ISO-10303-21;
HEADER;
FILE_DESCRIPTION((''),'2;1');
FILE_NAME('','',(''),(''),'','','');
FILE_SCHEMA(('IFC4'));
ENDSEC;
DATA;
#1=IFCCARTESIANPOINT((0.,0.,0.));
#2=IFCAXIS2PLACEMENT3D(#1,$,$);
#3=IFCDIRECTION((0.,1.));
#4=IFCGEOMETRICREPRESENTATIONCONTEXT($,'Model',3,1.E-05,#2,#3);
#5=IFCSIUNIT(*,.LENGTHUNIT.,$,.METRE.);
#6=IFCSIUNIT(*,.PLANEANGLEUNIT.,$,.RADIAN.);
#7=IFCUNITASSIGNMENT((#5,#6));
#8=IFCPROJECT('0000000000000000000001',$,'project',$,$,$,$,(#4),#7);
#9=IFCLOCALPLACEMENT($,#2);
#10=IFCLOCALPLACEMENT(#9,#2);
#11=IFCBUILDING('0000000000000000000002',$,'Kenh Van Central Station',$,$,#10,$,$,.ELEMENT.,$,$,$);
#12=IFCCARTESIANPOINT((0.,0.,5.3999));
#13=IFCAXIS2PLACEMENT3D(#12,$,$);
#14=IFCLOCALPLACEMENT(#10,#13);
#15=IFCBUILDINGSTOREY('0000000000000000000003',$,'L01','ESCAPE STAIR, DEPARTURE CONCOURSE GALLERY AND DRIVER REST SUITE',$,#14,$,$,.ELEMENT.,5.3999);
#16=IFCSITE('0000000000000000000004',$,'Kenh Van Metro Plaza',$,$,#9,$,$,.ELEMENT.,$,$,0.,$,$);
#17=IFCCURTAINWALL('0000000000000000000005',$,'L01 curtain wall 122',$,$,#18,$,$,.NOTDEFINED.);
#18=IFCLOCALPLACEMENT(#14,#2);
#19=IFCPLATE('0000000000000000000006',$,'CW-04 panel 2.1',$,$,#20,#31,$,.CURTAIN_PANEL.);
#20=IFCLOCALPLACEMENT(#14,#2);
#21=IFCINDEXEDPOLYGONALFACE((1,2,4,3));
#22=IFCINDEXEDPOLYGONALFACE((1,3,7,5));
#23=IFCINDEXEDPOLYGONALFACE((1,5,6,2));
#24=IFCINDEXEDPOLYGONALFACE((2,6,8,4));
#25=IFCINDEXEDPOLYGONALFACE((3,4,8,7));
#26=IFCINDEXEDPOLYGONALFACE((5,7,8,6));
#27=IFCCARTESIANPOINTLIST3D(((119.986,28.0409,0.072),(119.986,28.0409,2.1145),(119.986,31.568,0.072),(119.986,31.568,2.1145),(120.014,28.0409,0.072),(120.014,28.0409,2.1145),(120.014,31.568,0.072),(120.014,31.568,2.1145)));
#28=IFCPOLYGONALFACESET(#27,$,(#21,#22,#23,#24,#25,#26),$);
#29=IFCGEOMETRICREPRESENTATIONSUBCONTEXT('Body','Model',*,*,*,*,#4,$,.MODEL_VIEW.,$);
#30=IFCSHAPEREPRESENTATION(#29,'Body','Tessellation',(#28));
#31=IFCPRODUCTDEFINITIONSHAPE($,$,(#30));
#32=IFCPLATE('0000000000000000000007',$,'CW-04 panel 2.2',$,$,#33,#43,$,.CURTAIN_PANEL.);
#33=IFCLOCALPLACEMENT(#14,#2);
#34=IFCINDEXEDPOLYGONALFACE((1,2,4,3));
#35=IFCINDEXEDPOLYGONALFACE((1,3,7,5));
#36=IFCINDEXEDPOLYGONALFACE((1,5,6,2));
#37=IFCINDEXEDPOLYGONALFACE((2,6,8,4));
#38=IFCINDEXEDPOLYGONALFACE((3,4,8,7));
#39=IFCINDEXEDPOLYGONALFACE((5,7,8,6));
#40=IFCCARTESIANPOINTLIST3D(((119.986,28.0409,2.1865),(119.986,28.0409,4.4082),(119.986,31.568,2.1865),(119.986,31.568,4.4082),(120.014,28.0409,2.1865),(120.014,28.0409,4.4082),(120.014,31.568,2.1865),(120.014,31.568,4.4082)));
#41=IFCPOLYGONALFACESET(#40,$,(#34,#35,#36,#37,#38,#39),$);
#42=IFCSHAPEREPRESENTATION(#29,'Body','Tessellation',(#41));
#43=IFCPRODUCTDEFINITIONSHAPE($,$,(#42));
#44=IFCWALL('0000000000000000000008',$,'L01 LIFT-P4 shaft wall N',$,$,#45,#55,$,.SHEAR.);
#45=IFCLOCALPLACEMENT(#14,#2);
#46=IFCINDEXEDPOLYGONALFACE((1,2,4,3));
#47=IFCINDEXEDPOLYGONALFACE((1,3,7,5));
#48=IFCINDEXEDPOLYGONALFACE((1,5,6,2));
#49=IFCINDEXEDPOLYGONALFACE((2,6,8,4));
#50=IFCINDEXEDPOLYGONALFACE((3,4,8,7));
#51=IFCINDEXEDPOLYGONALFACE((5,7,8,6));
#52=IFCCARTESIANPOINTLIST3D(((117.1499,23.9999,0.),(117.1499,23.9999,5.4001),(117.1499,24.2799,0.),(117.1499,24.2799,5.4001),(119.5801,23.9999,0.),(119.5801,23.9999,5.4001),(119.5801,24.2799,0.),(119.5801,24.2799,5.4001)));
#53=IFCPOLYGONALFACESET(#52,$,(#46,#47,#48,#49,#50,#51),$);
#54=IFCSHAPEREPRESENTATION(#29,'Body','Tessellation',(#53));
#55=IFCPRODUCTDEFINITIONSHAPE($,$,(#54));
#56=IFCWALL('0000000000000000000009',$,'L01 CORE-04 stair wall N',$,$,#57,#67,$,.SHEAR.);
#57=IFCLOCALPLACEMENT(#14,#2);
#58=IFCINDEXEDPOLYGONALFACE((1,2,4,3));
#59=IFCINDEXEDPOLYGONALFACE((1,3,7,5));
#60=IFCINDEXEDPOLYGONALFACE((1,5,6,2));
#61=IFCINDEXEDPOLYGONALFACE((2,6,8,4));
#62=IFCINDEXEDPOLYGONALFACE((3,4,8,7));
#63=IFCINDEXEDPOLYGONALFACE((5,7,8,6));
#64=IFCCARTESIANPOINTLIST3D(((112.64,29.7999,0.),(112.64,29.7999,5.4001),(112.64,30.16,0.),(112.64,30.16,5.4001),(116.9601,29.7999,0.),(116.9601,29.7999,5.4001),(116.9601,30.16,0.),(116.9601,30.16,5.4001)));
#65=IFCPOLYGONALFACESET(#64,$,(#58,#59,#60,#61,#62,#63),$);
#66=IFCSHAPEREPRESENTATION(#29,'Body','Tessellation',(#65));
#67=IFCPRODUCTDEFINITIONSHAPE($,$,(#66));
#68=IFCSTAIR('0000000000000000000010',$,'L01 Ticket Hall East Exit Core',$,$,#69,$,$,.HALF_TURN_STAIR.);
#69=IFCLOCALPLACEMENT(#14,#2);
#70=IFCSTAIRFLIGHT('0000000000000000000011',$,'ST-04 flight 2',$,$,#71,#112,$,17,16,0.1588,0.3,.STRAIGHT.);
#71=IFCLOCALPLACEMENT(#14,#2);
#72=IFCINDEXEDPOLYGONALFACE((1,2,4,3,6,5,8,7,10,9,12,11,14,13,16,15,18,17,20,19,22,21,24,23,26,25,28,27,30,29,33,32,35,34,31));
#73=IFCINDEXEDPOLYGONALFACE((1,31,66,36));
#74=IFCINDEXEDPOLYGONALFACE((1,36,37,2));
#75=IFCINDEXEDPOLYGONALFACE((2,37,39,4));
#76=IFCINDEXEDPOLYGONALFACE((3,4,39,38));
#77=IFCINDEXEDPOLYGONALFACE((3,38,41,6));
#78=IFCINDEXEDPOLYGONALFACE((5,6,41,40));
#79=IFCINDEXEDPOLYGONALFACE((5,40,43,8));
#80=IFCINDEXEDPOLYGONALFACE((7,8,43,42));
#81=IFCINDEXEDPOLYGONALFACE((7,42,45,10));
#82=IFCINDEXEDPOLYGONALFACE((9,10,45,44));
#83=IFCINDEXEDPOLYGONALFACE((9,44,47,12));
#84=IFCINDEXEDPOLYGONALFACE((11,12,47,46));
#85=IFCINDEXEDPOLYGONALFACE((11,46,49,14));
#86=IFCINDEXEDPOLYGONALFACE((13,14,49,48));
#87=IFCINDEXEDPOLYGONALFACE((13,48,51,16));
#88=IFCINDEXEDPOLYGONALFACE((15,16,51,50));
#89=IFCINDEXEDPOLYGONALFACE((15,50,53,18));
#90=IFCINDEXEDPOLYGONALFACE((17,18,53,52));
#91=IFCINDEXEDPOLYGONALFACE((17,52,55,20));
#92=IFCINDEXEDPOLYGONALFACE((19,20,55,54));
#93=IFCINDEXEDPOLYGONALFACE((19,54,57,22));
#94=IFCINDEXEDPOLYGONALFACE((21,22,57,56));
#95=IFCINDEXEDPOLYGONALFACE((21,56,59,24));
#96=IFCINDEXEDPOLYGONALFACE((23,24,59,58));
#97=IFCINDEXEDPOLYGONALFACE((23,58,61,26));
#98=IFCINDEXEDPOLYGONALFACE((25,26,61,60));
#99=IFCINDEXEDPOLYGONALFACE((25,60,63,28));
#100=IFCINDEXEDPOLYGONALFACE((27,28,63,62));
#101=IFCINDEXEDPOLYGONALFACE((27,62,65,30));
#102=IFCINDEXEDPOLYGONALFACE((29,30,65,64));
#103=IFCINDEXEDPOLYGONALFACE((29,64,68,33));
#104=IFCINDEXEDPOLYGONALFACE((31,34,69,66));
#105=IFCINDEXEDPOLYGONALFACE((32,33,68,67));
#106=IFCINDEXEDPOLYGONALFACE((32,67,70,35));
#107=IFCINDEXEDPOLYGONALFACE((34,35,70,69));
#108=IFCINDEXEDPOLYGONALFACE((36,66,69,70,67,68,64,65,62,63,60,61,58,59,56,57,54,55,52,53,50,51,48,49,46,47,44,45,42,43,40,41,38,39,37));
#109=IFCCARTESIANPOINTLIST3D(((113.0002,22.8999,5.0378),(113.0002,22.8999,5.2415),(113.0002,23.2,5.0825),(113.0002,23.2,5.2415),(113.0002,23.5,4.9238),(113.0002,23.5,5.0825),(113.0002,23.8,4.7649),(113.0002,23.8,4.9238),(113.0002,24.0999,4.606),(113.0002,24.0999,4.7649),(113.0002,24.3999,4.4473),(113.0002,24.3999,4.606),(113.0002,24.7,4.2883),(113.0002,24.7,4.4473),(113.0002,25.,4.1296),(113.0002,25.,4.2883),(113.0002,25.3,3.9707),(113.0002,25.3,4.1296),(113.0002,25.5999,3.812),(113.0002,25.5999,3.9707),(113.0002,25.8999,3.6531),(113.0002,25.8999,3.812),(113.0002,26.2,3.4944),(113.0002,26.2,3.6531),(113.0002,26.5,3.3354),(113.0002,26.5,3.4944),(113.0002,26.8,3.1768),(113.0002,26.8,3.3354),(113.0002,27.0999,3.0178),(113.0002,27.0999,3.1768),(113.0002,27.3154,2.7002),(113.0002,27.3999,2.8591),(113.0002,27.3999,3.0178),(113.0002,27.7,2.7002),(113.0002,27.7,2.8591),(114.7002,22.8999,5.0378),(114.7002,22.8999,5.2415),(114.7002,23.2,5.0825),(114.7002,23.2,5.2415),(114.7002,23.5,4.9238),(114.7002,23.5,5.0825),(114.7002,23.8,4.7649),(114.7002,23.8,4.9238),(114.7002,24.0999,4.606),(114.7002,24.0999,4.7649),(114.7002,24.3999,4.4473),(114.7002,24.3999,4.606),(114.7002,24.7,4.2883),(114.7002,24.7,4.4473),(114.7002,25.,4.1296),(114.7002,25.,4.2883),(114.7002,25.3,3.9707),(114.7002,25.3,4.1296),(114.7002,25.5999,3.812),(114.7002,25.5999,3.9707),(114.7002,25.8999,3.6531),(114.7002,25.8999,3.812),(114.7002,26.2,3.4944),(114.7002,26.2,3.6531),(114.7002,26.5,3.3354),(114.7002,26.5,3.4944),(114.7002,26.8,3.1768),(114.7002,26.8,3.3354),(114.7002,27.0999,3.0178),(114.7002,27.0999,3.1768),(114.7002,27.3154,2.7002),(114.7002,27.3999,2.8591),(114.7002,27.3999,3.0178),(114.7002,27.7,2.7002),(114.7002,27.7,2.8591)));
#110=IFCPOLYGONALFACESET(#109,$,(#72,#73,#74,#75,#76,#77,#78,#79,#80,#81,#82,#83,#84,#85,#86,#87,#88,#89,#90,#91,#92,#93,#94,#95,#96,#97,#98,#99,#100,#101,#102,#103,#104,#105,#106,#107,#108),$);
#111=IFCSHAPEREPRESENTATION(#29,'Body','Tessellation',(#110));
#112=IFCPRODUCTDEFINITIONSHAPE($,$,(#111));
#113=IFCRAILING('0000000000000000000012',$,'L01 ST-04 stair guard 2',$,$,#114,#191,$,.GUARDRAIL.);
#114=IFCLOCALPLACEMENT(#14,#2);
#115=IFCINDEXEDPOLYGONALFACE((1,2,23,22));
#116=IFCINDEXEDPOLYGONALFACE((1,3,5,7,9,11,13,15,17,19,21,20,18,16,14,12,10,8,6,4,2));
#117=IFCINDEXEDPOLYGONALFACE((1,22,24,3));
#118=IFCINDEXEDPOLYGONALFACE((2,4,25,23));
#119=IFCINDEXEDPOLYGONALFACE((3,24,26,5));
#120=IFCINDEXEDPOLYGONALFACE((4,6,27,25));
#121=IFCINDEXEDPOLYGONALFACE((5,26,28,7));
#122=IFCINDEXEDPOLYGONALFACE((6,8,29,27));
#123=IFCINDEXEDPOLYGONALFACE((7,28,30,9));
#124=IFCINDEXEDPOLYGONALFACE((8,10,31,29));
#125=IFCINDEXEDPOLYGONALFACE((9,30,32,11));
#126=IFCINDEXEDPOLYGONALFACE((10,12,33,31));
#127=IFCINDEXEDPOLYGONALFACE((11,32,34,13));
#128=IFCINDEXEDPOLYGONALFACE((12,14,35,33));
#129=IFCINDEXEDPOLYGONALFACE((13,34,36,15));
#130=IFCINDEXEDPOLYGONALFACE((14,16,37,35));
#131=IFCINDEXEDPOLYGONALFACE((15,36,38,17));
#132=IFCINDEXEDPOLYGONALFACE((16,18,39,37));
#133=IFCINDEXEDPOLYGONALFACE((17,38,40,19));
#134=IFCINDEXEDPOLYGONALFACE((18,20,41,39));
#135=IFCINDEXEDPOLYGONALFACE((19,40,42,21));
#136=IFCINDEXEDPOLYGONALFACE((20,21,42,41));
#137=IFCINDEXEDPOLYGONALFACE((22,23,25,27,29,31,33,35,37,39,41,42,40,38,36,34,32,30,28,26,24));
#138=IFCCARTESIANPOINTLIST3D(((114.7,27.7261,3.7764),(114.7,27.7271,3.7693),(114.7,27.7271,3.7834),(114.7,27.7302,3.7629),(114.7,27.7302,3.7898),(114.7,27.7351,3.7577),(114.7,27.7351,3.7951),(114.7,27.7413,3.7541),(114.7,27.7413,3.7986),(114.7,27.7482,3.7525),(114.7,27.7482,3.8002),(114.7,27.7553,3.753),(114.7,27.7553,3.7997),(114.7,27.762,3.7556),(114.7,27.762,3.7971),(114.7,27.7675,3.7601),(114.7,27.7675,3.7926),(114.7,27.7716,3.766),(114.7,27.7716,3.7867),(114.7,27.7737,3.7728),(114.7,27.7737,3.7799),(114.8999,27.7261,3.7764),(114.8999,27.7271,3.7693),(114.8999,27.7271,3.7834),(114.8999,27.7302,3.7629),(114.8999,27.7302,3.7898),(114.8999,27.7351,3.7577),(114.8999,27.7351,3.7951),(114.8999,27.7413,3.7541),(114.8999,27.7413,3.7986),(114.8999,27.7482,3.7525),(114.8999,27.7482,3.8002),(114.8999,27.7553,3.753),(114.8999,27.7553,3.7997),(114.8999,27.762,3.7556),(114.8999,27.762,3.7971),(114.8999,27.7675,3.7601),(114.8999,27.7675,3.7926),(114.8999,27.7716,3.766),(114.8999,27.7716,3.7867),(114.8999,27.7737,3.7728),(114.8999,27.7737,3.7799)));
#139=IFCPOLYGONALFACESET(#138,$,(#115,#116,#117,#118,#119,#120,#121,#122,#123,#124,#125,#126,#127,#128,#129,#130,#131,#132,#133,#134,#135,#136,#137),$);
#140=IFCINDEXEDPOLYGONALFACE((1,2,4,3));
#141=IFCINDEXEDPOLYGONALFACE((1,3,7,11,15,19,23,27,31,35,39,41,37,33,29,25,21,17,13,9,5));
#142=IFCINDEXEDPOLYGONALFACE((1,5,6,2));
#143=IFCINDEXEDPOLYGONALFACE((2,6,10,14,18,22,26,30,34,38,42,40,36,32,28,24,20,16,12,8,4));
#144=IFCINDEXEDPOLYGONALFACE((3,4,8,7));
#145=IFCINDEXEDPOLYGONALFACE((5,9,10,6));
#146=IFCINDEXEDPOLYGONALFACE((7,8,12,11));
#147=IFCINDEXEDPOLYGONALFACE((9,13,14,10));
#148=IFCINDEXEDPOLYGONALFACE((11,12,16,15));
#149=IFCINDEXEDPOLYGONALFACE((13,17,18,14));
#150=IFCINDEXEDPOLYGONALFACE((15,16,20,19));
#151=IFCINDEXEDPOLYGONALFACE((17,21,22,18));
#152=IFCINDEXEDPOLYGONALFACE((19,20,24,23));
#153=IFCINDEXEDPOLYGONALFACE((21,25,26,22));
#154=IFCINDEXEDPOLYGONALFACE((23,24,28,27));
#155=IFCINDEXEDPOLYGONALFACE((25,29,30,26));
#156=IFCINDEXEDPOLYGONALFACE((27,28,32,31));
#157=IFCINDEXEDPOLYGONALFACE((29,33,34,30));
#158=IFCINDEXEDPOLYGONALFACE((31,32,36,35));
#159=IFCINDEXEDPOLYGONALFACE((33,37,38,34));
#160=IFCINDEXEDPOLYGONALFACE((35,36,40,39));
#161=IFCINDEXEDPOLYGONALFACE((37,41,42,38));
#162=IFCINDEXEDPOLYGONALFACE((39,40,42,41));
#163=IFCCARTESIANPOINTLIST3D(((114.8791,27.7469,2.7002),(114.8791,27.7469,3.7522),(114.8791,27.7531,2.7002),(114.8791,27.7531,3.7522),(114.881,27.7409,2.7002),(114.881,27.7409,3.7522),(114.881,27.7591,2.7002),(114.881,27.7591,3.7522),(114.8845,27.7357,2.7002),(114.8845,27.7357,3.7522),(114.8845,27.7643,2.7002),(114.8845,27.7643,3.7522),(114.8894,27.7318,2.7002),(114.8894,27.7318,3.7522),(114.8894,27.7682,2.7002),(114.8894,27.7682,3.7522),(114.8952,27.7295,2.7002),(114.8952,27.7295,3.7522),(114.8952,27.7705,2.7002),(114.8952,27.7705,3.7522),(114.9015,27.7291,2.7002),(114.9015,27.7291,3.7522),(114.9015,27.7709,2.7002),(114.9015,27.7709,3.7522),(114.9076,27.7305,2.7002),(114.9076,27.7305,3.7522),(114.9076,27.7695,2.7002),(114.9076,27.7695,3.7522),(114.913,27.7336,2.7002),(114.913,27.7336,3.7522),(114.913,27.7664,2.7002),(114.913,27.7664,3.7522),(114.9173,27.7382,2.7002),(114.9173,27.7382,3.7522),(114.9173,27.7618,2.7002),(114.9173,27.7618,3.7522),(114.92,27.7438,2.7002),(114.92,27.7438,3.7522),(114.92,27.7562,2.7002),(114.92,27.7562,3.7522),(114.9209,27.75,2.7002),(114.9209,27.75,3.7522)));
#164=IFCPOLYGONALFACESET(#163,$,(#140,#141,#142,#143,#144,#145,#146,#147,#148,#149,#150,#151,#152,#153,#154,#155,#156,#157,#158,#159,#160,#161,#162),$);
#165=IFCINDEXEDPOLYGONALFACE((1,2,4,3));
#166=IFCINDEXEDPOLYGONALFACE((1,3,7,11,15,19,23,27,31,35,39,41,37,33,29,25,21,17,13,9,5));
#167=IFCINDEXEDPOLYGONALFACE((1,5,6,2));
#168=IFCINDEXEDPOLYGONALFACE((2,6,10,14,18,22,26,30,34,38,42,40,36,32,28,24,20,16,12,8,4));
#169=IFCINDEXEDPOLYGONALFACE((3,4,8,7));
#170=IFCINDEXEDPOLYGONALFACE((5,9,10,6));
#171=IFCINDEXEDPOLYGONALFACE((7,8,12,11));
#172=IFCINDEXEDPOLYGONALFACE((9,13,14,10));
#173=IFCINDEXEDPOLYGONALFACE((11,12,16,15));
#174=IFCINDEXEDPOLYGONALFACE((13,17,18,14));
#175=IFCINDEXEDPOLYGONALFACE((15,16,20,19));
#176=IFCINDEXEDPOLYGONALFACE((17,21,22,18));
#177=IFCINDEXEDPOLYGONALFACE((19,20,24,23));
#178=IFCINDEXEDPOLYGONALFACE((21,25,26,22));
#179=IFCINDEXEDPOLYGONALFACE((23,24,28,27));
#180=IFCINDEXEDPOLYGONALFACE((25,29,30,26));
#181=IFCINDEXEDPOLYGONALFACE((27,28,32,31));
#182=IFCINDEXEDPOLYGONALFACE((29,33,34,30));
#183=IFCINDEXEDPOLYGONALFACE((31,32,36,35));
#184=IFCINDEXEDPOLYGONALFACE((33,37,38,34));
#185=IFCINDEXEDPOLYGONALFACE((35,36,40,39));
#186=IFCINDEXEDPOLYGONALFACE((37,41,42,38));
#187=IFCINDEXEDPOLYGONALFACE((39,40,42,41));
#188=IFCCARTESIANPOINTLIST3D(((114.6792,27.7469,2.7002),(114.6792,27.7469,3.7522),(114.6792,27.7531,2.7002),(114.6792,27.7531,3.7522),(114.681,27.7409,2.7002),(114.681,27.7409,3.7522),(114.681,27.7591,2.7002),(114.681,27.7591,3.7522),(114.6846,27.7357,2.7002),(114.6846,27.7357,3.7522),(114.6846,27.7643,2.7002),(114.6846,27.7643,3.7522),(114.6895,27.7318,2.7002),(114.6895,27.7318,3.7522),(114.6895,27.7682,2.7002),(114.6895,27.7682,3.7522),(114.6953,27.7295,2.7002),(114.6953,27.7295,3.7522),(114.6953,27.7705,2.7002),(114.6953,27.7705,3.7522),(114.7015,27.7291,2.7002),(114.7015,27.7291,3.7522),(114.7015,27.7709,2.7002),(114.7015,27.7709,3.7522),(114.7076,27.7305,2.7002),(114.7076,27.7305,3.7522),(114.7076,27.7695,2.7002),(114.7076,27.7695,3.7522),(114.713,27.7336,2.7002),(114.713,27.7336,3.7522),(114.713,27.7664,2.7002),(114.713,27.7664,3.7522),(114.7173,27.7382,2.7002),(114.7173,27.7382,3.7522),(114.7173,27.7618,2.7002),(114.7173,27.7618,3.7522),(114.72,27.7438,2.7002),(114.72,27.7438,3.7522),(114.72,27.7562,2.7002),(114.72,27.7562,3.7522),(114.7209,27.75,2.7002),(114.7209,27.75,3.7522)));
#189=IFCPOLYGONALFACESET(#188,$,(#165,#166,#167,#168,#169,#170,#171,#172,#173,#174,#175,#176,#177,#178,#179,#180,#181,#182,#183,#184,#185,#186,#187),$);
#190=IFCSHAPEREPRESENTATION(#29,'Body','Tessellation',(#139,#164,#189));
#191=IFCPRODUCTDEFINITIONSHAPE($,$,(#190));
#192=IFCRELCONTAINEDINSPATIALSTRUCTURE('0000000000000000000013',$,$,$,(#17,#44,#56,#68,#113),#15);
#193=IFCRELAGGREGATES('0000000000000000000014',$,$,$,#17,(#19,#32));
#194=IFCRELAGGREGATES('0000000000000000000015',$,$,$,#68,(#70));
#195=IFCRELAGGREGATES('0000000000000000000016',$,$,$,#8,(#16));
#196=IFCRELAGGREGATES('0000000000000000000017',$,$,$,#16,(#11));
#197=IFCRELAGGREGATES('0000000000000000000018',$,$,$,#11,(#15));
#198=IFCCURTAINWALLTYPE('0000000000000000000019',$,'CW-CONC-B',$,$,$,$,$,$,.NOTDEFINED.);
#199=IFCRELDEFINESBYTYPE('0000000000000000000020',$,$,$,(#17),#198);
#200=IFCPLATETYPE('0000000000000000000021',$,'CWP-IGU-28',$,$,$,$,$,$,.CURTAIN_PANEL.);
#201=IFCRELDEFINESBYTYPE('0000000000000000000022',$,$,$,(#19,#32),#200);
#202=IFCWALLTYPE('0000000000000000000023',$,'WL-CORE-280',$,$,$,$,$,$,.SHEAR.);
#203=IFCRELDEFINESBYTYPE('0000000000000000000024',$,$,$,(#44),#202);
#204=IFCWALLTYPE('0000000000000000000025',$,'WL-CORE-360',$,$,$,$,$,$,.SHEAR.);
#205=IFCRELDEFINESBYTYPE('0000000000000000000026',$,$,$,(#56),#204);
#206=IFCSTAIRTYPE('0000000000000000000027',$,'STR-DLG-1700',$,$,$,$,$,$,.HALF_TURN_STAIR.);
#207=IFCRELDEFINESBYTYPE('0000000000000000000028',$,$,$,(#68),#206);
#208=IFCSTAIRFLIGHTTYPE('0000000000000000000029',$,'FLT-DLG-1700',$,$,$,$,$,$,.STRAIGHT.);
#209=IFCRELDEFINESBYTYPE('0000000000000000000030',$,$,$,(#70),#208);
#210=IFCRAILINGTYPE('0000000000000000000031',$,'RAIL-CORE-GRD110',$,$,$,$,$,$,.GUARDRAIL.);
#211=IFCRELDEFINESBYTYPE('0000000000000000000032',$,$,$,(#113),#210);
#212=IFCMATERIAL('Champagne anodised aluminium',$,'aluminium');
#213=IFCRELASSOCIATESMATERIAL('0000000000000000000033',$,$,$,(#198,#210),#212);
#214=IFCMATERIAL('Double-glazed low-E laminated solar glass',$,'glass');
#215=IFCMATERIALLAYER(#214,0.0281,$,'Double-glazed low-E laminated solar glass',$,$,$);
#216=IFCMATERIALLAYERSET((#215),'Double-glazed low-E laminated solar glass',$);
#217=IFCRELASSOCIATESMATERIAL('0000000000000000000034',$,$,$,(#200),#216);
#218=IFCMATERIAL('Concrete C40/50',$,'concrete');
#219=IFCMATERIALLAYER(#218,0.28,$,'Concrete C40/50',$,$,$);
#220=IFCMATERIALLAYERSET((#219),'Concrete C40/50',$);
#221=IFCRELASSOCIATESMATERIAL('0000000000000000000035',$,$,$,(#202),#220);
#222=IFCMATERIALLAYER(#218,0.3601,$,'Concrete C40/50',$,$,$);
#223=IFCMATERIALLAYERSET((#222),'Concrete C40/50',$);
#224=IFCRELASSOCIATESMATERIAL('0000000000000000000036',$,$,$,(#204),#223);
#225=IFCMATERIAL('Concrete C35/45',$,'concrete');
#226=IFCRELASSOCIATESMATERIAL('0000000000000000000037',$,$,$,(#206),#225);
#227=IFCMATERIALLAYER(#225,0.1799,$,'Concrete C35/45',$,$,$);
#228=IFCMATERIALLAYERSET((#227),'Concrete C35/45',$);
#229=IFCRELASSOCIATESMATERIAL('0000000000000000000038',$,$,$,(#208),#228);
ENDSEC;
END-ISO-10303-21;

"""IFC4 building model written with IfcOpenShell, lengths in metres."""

from ifc_helpers import new_model, si_unit, direction, frame, frame_2d, origin, origin_2d, place, context, subcontext, project, spatial, polyline, rectangle, circle, outline, extrude, material, layer, layer_set, type_object, element, aggregate, save


model = new_model("IFC4")

# Units and contexts
model_context = context("Model", 3, precision=1e-05, world=origin(), true_north=direction((0.0, 1.0)))
body_context = subcontext(model_context, "Body", "Model", "MODEL_VIEW")
ifc_project = project(units=[si_unit("LENGTHUNIT", "METRE"), si_unit("PLANEANGLEUNIT", "RADIAN")], contexts=[model_context])

# Site, building, storey
site_placement = place(None, origin())
site = spatial("IfcSite", under=ifc_project, at=site_placement, Name="Kenh Van Metro Plaza", CompositionType="ELEMENT", RefElevation=0.0)
building_placement = place(site_placement, origin())
building = spatial("IfcBuilding", under=site, at=building_placement, Name="Kenh Van Central Station", CompositionType="ELEMENT")
storey_placement = place(building_placement, frame((0.0, 0.0, 5.3999)))
storey = spatial("IfcBuildingStorey", under=building, at=storey_placement, Name="L01", Description="ESCAPE STAIR, DEPARTURE CONCOURSE GALLERY AND DRIVER REST SUITE", CompositionType="ELEMENT", Elevation=5.3999)

# Shared definitions
ifc_material_1 = material(Name="Concrete C40/50", Category="concrete")

# Shared definitions
ifc_material_2 = material(Name="Concrete C35/45", Category="concrete")

# Curtain wall
ifc_material_3 = material(Name="Champagne anodised aluminium", Category="aluminium")
curtain_wall_type = type_object("IfcCurtainWallType", Name="CW-CONC-B", PredefinedType="NOTDEFINED", material=ifc_material_3)
curtain_wall_1_placement = place(storey_placement, origin())
curtain_wall_1 = element("IfcCurtainWall", 1, at=curtain_wall_1_placement, inside=storey, type_object=curtain_wall_type, Name="L01 curtain wall 122", PredefinedType="NOTDEFINED")

# Plates
ifc_material_4 = material(Name="Double-glazed low-E laminated solar glass", Category="glass")
ifc_layer_1 = layer(ifc_material_4, 0.0281, Name="Double-glazed low-E laminated solar glass")
ifc_layer_set_1 = layer_set([ifc_layer_1], Name="Double-glazed low-E laminated solar glass")
plate_type = type_object("IfcPlateType", Name="CWP-IGU-28", PredefinedType="CURTAIN_PANEL", material=ifc_layer_set_1)
plate_1_placement = place(storey_placement, frame((120.0, 29.8044, 0.072), z_axis=(0.0, 0.0, 1.0), x_axis=(0.0, 1.0, 0.0)))
plate_1 = element("IfcPlate", 2, at=plate_1_placement, type_object=plate_type, Name="CW-04 panel 2.1", PredefinedType="CURTAIN_PANEL", context=body_context, shape_type="SweptSolid", body=[
    extrude(rectangle(XDim=3.5271, YDim=0.0281, at=origin_2d()), origin(), (0.0, 0.0, 1.0), 2.0425),
])
plate_2_placement = place(storey_placement, frame((120.0, 29.8044, 2.1865), z_axis=(0.0, 0.0, 1.0), x_axis=(0.0, 1.0, 0.0)))
plate_2 = element("IfcPlate", 3, at=plate_2_placement, type_object=plate_type, Name="CW-04 panel 2.2", PredefinedType="CURTAIN_PANEL", context=body_context, shape_type="SweptSolid", body=[
    extrude(rectangle(XDim=3.5271, YDim=0.0281, at=origin_2d()), origin(), (0.0, 0.0, 1.0), 2.2217),
])
aggregate(curtain_wall_1, [plate_1, plate_2])

# Walls
ifc_layer_2 = layer(ifc_material_1, 0.28, Name="Concrete C40/50")
ifc_layer_set_2 = layer_set([ifc_layer_2], Name="Concrete C40/50")
wall_type_1 = type_object("IfcWallType", Name="WL-CORE-280", PredefinedType="SHEAR", material=ifc_layer_set_2)
wall_1_placement = place(storey_placement, frame((117.1499, 24.1399, 0.0), z_axis=(0.0, 0.0, 1.0), x_axis=(1.0, 0.0, 0.0)))
element("IfcWall", 4, at=wall_1_placement, inside=storey, type_object=wall_type_1, Name="L01 LIFT-P4 shaft wall N", PredefinedType="SHEAR", context=body_context, shape_type="SweptSolid", body=[
    extrude(rectangle(XDim=2.4302, YDim=0.28, at=frame_2d((1.2151, 0.0))), origin(), (0.0, 0.0, 1.0), 5.4001),
])
ifc_layer_3 = layer(ifc_material_1, 0.3601, Name="Concrete C40/50")
ifc_layer_set_3 = layer_set([ifc_layer_3], Name="Concrete C40/50")
wall_type_2 = type_object("IfcWallType", Name="WL-CORE-360", PredefinedType="SHEAR", material=ifc_layer_set_3)
wall_2_placement = place(storey_placement, frame((112.6399, 29.98, 0.0), z_axis=(0.0, 0.0, 1.0), x_axis=(1.0, 0.0, 0.0)))
element("IfcWall", 5, at=wall_2_placement, inside=storey, type_object=wall_type_2, Name="L01 CORE-04 stair wall N", PredefinedType="SHEAR", context=body_context, shape_type="SweptSolid", body=[
    extrude(rectangle(XDim=4.3201, YDim=0.3601, at=frame_2d((2.1602, 0.0))), origin(), (0.0, 0.0, 1.0), 5.4001),
])

# Stair, stair flight
stair_type = type_object("IfcStairType", Name="STR-DLG-1700", PredefinedType="HALF_TURN_STAIR", material=ifc_material_2)
stair_placement = place(storey_placement, origin())
stair = element("IfcStair", 6, at=stair_placement, inside=storey, type_object=stair_type, Name="L01 Ticket Hall East Exit Core", PredefinedType="HALF_TURN_STAIR")
ifc_layer_4 = layer(ifc_material_2, 0.1799, Name="Concrete C35/45")
ifc_layer_set_4 = layer_set([ifc_layer_4], Name="Concrete C35/45")
stair_flight_type = type_object("IfcStairFlightType", Name="FLT-DLG-1700", PredefinedType="STRAIGHT", material=ifc_layer_set_4)
stair_flight_placement = place(storey_placement, frame((113.8501, 27.7, 2.7002), z_axis=(0.0, 0.0, 1.0), x_axis=(0.0, -1.0, 0.0)))
stair_flight = element("IfcStairFlight", 7, at=stair_flight_placement, type_object=stair_flight_type, Name="ST-04 flight 2", NumberOfRisers=17, NumberOfTreads=16, PredefinedType="STRAIGHT", RiserHeight=0.1588, TreadLength=0.3, context=body_context, shape_type="SweptSolid", body=[
    extrude(outline(polyline([(0.0, 0.0), (0.0, 0.1589), (0.3, 0.1589), (0.3, 0.3176), (0.6001, 0.3176), (0.6001, 0.4766), (0.8999, 0.4766), (0.8999, 0.6353), (1.2, 0.6353), (1.2, 0.7942), (1.5, 0.7942), (1.5, 0.9529), (1.8, 0.9529), (1.8, 1.1118), (2.1001, 1.1118), (2.1001, 1.2705), (2.3999, 1.2705), (2.3999, 1.4294), (2.7, 1.4294), (2.7, 1.5881), (3.0, 1.5881), (3.0, 1.7471), (3.3, 1.7471), (3.3, 1.9058), (3.6001, 1.9058), (3.6001, 2.0647), (3.8999, 2.0647), (3.8999, 2.2236), (4.2, 2.2236), (4.2, 2.3823), (4.5, 2.3823), (4.5, 2.5413), (4.8, 2.5413), (4.8, 2.7), (4.8, 2.3376), (0.3845, 0.0), (0.0, 0.0)])), frame((0.0, 0.8501, 0.0), z_axis=(0.0, -1.0, 0.0), x_axis=(1.0, 0.0, 0.0)), (0.0, 0.0, 1.0), 1.7),
])
aggregate(stair, [stair_flight])

# Railing
railing_type_1 = type_object("IfcRailingType", Name="RAIL-CORE-GRD110", PredefinedType="GUARDRAIL", material=ifc_material_3)
railing_1_placement = place(storey_placement, frame((114.8999, 27.75, 2.7002)))
element("IfcRailing", 8, at=railing_1_placement, inside=storey, type_object=railing_type_1, Name="L01 ST-04 stair guard 2", PredefinedType="GUARDRAIL", context=body_context, shape_type="SweptSolid", body=[
    extrude(circle(Radius=0.0239, at=origin_2d()), frame((0.0, 0.0, 1.0762), z_axis=(-1.0, 0.0, 0.0), x_axis=(0.0, -1.0, 0.0)), (0.0, 0.0, 1.0), 0.2),
    extrude(circle(Radius=0.021, at=origin_2d()), origin(), (0.0, 0.0, 1.0), 1.052),
    extrude(circle(Radius=0.021, at=origin_2d()), frame((-0.2, 0.0, 0.0)), (0.0, 0.0, 1.0), 1.052),
])

save(model, "model.ifc")
